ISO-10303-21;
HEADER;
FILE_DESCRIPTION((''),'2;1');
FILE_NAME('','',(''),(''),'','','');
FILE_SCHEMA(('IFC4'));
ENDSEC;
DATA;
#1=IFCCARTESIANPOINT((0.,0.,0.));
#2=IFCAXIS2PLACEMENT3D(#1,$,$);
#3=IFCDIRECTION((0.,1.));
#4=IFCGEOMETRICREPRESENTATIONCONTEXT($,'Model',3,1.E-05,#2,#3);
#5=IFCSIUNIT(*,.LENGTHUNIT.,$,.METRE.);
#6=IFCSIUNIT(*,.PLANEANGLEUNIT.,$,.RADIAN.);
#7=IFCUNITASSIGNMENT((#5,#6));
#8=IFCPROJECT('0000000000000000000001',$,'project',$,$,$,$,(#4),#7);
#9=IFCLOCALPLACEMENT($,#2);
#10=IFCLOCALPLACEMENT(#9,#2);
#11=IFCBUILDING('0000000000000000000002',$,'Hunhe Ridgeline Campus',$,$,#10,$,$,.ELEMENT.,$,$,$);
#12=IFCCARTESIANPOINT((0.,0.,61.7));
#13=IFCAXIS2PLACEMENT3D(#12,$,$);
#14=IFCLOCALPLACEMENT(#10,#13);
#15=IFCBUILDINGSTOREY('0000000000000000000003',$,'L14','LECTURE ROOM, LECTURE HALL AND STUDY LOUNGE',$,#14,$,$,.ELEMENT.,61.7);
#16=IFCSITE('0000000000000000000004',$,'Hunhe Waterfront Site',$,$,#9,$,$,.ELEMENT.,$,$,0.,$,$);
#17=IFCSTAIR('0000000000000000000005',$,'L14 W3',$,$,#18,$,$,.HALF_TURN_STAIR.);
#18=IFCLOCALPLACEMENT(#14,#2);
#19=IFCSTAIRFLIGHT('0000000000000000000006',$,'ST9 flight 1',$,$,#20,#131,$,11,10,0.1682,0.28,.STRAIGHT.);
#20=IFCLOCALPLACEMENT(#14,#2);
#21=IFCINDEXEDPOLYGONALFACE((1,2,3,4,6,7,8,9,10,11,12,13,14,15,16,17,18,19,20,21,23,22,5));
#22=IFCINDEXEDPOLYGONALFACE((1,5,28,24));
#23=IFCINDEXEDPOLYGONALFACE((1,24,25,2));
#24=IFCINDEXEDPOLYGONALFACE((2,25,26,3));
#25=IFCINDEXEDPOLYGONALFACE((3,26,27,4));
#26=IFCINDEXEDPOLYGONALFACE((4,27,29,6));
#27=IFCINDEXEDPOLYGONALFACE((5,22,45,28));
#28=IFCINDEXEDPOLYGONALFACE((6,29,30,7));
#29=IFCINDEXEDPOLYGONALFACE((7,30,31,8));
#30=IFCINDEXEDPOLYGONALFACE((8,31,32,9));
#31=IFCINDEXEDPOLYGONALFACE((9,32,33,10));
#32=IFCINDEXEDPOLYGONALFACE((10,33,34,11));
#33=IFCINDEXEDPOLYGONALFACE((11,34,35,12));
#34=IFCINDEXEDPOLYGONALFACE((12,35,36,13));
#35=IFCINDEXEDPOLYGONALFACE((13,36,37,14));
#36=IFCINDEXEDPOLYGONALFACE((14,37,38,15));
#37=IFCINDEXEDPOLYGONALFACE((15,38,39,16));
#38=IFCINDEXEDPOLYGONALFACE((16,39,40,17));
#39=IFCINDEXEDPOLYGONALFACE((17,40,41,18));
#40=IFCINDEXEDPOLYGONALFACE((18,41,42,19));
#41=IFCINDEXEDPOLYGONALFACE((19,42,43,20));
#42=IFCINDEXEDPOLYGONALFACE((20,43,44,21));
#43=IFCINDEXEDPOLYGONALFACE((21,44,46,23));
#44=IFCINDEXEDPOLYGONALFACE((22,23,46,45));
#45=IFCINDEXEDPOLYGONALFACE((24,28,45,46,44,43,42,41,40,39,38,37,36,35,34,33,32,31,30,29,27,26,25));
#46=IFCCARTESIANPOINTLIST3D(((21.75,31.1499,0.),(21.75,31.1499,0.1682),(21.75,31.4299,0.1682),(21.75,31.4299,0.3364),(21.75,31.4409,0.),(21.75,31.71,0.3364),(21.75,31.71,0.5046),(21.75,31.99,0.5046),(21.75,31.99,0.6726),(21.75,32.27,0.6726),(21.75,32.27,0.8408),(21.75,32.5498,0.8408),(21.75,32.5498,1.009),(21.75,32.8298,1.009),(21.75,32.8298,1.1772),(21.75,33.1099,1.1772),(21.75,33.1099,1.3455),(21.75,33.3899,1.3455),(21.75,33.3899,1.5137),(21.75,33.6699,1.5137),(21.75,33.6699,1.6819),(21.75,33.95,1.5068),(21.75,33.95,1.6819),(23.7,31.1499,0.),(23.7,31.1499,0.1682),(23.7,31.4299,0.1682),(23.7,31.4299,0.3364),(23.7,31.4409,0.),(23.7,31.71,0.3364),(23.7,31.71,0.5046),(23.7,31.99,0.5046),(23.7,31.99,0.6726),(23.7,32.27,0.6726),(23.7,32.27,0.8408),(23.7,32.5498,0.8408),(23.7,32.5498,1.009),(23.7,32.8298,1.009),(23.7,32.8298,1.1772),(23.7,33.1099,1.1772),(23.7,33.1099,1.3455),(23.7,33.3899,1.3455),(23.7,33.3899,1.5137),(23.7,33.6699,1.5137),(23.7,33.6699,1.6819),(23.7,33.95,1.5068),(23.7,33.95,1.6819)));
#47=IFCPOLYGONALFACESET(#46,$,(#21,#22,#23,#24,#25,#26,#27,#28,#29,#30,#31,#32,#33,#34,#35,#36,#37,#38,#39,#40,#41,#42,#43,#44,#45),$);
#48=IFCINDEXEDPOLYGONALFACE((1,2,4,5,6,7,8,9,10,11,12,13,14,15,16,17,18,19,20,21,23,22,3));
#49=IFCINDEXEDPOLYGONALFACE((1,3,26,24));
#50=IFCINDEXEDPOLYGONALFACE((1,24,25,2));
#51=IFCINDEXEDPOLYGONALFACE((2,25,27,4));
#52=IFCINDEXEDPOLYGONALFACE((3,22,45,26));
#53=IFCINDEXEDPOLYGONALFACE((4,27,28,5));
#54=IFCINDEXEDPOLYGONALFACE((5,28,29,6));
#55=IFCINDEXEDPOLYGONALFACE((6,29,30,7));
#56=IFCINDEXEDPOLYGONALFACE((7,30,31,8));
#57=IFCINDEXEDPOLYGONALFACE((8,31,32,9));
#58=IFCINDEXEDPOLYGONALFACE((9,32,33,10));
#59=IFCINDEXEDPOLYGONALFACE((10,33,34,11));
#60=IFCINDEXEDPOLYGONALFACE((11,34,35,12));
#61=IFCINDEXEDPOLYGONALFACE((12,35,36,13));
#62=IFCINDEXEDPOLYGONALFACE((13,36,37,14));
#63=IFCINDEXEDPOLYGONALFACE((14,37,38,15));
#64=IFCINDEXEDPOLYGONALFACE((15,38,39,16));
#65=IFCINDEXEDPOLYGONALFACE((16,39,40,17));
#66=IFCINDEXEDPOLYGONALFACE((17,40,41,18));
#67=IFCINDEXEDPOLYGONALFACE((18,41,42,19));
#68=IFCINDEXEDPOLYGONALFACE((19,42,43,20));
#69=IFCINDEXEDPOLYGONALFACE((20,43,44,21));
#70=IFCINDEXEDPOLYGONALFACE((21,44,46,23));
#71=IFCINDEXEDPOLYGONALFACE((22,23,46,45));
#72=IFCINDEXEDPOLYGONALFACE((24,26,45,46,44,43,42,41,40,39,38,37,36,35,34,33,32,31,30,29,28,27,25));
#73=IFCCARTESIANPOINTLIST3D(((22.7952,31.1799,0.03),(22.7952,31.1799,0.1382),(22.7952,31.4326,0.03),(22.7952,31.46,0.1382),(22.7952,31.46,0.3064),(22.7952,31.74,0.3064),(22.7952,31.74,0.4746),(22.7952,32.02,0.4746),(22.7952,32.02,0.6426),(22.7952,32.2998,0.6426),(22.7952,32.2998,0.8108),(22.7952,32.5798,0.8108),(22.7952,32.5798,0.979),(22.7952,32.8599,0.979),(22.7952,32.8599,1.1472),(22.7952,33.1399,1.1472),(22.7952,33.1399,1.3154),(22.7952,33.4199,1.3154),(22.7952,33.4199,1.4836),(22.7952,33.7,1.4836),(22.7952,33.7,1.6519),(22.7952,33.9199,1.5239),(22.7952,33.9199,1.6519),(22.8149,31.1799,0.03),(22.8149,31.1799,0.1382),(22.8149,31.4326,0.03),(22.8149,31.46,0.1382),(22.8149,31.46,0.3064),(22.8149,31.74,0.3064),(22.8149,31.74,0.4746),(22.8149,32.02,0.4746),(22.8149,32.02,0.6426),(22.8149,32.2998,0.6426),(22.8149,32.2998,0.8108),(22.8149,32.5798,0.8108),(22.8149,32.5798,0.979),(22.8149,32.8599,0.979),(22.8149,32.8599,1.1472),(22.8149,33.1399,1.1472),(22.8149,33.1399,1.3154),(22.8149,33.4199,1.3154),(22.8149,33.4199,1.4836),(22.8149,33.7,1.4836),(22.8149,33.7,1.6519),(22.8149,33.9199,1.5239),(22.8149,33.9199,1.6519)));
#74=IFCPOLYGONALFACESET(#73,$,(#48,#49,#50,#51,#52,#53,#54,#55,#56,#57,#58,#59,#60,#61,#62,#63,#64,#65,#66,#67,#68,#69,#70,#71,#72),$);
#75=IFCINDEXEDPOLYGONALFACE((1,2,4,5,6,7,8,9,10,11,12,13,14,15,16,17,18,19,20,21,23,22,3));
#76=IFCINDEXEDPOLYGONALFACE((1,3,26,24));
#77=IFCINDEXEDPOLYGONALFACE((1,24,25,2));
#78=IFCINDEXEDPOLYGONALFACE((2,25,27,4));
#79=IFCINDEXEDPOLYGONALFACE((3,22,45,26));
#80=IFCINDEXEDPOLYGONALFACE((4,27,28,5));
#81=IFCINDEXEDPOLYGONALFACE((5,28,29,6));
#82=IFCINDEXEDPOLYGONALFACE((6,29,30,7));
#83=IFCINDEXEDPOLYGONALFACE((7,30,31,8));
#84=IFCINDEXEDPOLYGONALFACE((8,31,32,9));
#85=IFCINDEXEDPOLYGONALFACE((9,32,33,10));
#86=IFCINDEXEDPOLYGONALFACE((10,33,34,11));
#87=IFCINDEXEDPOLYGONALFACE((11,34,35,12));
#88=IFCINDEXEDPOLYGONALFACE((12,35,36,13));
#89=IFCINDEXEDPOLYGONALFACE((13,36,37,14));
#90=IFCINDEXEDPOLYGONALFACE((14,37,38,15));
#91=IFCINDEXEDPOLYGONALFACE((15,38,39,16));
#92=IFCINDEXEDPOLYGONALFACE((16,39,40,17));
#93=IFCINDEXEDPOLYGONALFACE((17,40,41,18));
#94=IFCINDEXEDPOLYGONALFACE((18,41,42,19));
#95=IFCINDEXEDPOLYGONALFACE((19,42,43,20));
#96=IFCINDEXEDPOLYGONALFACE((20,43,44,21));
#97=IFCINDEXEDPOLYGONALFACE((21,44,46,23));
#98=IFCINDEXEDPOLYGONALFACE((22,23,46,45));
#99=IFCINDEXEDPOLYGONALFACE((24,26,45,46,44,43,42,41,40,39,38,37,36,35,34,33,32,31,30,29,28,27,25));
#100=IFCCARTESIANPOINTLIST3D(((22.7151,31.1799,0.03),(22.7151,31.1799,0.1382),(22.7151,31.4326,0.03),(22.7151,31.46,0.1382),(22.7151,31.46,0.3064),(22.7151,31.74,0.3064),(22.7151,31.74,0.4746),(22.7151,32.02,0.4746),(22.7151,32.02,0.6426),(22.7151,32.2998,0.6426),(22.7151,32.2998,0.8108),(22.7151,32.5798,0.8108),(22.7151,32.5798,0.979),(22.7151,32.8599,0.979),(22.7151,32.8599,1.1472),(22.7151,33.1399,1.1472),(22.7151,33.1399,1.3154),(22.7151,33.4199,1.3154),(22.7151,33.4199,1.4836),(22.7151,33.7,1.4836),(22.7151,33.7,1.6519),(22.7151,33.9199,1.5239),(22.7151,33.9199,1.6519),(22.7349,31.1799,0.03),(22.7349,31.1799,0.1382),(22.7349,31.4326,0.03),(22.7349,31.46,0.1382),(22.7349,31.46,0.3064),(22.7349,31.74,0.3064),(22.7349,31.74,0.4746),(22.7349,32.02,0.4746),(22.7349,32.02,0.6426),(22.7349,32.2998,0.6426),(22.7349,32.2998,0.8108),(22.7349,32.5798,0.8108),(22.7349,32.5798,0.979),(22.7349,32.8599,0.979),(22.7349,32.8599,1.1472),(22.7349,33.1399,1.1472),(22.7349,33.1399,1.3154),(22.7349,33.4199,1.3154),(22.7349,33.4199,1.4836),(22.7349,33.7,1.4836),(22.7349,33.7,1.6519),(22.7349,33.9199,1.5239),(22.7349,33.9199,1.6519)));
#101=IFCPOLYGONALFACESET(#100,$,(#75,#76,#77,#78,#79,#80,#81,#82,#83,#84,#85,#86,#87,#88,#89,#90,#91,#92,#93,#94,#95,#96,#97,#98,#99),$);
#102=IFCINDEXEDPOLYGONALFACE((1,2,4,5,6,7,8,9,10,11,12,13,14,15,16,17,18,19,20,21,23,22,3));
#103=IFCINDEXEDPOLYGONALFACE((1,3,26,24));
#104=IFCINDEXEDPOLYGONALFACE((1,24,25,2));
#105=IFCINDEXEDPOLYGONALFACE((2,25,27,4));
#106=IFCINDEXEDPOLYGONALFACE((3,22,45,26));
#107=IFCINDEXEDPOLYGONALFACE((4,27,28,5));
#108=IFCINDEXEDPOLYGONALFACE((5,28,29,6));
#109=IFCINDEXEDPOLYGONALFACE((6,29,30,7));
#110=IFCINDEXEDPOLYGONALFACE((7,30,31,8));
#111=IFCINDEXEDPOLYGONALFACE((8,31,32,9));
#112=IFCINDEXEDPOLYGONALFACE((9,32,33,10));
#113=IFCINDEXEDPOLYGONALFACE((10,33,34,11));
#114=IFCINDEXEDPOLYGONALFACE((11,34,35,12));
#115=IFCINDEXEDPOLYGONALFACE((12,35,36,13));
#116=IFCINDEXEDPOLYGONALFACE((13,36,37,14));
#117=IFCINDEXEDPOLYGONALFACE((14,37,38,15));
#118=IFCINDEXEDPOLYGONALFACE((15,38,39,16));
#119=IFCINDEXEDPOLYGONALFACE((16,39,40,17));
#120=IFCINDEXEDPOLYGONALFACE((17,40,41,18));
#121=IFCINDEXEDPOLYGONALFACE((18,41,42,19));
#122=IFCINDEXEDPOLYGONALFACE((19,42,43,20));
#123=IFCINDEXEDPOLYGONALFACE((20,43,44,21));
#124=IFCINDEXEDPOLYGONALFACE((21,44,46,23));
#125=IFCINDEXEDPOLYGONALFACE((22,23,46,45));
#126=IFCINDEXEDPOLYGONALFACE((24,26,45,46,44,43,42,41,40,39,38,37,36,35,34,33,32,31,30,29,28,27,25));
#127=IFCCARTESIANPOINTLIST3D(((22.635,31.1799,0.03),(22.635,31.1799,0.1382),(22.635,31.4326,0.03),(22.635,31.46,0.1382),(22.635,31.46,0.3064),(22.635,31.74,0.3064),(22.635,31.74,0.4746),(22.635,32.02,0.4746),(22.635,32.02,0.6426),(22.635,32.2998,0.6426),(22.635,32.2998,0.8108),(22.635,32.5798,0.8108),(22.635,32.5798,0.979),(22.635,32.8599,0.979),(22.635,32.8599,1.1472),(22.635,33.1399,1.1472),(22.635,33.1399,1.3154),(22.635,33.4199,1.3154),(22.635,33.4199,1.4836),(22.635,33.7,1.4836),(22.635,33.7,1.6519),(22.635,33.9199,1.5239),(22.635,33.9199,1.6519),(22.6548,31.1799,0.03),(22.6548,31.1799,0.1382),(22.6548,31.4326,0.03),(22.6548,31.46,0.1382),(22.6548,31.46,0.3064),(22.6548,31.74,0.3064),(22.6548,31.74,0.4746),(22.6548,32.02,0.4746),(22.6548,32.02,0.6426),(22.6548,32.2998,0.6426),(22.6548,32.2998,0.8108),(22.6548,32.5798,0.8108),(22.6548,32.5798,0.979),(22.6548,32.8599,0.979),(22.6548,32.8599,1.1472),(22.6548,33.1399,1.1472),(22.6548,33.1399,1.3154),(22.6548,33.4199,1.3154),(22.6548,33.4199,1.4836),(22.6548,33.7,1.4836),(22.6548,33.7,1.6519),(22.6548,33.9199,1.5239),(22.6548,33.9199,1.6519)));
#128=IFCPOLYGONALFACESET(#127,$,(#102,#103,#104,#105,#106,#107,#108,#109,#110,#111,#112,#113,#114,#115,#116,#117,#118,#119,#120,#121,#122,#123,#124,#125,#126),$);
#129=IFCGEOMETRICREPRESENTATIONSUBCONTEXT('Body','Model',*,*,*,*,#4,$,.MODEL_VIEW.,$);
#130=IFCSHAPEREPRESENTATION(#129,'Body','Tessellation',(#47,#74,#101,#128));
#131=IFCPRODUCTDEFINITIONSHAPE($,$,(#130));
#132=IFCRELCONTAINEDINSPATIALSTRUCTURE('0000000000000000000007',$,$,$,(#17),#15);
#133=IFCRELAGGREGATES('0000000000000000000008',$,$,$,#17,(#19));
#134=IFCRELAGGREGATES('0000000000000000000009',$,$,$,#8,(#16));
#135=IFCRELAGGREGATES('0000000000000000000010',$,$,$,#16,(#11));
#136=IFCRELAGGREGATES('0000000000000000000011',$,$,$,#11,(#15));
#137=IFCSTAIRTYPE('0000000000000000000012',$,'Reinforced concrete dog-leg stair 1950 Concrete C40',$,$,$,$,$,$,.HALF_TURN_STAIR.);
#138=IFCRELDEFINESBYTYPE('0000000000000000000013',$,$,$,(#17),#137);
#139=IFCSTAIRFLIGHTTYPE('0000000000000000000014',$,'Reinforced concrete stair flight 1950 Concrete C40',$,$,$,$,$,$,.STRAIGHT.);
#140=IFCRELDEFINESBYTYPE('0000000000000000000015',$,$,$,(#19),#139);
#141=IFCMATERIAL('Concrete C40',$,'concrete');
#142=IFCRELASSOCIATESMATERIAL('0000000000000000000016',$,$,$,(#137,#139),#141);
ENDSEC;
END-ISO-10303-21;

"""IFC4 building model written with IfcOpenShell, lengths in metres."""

from ifc_helpers import new_model, si_unit, direction, frame, origin, place, context, subcontext, project, spatial, polyline, outline, extrude, material, type_object, element, aggregate, save


model = new_model("IFC4")

# Units and contexts
model_context = context("Model", 3, precision=1e-05, world=origin(), true_north=direction((0.0, 1.0)))
body_context = subcontext(model_context, "Body", "Model", "MODEL_VIEW")
ifc_project = project(units=[si_unit("LENGTHUNIT", "METRE"), si_unit("PLANEANGLEUNIT", "RADIAN")], contexts=[model_context])

# Site, building, storey
site_placement = place(None, origin())
site = spatial("IfcSite", under=ifc_project, at=site_placement, Name="Hunhe Waterfront Site", CompositionType="ELEMENT", RefElevation=0.0)
building_placement = place(site_placement, origin())
building = spatial("IfcBuilding", under=site, at=building_placement, Name="Hunhe Ridgeline Campus", CompositionType="ELEMENT")
storey_placement = place(building_placement, frame((0.0, 0.0, 61.7)))
storey = spatial("IfcBuildingStorey", under=building, at=storey_placement, Name="L14", Description="LECTURE ROOM, LECTURE HALL AND STUDY LOUNGE", CompositionType="ELEMENT", Elevation=61.7)

# Stair, stair flight
ifc_material_1 = material(Name="Concrete C40", Category="concrete")
stair_type = type_object("IfcStairType", Name="Reinforced concrete dog-leg stair 1950 Concrete C40", PredefinedType="HALF_TURN_STAIR", material=ifc_material_1)
stair_placement = place(storey_placement, origin())
stair = element("IfcStair", 1, at=stair_placement, inside=storey, type_object=stair_type, Name="L14 W3", PredefinedType="HALF_TURN_STAIR")
stair_flight_type = type_object("IfcStairFlightType", Name="Reinforced concrete stair flight 1950 Concrete C40", PredefinedType="STRAIGHT", material=ifc_material_1)
stair_flight_placement = place(storey_placement, frame((22.7251, 31.1499, 0.0), z_axis=(0.0, 0.0, 1.0), x_axis=(0.0, 1.0, 0.0)))
stair_flight = element("IfcStairFlight", 2, at=stair_flight_placement, type_object=stair_flight_type, Name="ST9 flight 1", NumberOfRisers=11, NumberOfTreads=10, PredefinedType="STRAIGHT", RiserHeight=0.1682, TreadLength=0.28, context=body_context, shape_type="SweptSolid", body=[
    extrude(outline(polyline([(0.0, 0.0), (0.0, 0.1682), (0.28, 0.1682), (0.28, 0.3364), (0.5601, 0.3364), (0.5601, 0.5046), (0.8401, 0.5046), (0.8401, 0.6726), (1.1201, 0.6726), (1.1201, 0.8408), (1.3999, 0.8408), (1.3999, 1.009), (1.6799, 1.009), (1.6799, 1.1772), (1.96, 1.1772), (1.96, 1.3455), (2.24, 1.3455), (2.24, 1.5137), (2.52, 1.5137), (2.52, 1.6819), (2.8, 1.6819), (2.8, 1.8501), (2.8, 1.5068), (0.291, 0.0), (0.0, 0.0)])), frame((0.0, 0.9751, 0.0), z_axis=(0.0, -1.0, 0.0), x_axis=(1.0, 0.0, 0.0)), (0.0, 0.0, 1.0), 1.95),
    extrude(outline(polyline([(0.03, 0.03), (0.03, 0.1382), (0.3101, 0.1382), (0.3101, 0.3064), (0.5901, 0.3064), (0.5901, 0.4746), (0.8701, 0.4746), (0.8701, 0.6426), (1.1499, 0.6426), (1.1499, 0.8108), (1.4299, 0.8108), (1.4299, 0.979), (1.71, 0.979), (1.71, 1.1472), (1.99, 1.1472), (1.99, 1.3154), (2.27, 1.3154), (2.27, 1.4836), (2.55, 1.4836), (2.55, 1.6519), (2.77, 1.6519), (2.77, 1.5239), (0.2827, 0.03), (0.03, 0.03)])), frame((0.0, -0.0701, 0.0), z_axis=(0.0, -1.0, 0.0), x_axis=(1.0, 0.0, 0.0)), (0.0, 0.0, 1.0), 0.0198),
    extrude(outline(polyline([(0.03, 0.03), (0.03, 0.1382), (0.3101, 0.1382), (0.3101, 0.3064), (0.5901, 0.3064), (0.5901, 0.4746), (0.8701, 0.4746), (0.8701, 0.6426), (1.1499, 0.6426), (1.1499, 0.8108), (1.4299, 0.8108), (1.4299, 0.979), (1.71, 0.979), (1.71, 1.1472), (1.99, 1.1472), (1.99, 1.3154), (2.27, 1.3154), (2.27, 1.4836), (2.55, 1.4836), (2.55, 1.6519), (2.77, 1.6519), (2.77, 1.5239), (0.2827, 0.03), (0.03, 0.03)])), frame((0.0, 0.01, 0.0), z_axis=(0.0, -1.0, 0.0), x_axis=(1.0, 0.0, 0.0)), (0.0, 0.0, 1.0), 0.0198),
    extrude(outline(polyline([(0.03, 0.03), (0.03, 0.1382), (0.3101, 0.1382), (0.3101, 0.3064), (0.5901, 0.3064), (0.5901, 0.4746), (0.8701, 0.4746), (0.8701, 0.6426), (1.1499, 0.6426), (1.1499, 0.8108), (1.4299, 0.8108), (1.4299, 0.979), (1.71, 0.979), (1.71, 1.1472), (1.99, 1.1472), (1.99, 1.3154), (2.27, 1.3154), (2.27, 1.4836), (2.55, 1.4836), (2.55, 1.6519), (2.77, 1.6519), (2.77, 1.5239), (0.2827, 0.03), (0.03, 0.03)])), frame((0.0, 0.0901, 0.0), z_axis=(0.0, -1.0, 0.0), x_axis=(1.0, 0.0, 0.0)), (0.0, 0.0, 1.0), 0.0198),
])
aggregate(stair, [stair_flight])

save(model, "model.ifc")
